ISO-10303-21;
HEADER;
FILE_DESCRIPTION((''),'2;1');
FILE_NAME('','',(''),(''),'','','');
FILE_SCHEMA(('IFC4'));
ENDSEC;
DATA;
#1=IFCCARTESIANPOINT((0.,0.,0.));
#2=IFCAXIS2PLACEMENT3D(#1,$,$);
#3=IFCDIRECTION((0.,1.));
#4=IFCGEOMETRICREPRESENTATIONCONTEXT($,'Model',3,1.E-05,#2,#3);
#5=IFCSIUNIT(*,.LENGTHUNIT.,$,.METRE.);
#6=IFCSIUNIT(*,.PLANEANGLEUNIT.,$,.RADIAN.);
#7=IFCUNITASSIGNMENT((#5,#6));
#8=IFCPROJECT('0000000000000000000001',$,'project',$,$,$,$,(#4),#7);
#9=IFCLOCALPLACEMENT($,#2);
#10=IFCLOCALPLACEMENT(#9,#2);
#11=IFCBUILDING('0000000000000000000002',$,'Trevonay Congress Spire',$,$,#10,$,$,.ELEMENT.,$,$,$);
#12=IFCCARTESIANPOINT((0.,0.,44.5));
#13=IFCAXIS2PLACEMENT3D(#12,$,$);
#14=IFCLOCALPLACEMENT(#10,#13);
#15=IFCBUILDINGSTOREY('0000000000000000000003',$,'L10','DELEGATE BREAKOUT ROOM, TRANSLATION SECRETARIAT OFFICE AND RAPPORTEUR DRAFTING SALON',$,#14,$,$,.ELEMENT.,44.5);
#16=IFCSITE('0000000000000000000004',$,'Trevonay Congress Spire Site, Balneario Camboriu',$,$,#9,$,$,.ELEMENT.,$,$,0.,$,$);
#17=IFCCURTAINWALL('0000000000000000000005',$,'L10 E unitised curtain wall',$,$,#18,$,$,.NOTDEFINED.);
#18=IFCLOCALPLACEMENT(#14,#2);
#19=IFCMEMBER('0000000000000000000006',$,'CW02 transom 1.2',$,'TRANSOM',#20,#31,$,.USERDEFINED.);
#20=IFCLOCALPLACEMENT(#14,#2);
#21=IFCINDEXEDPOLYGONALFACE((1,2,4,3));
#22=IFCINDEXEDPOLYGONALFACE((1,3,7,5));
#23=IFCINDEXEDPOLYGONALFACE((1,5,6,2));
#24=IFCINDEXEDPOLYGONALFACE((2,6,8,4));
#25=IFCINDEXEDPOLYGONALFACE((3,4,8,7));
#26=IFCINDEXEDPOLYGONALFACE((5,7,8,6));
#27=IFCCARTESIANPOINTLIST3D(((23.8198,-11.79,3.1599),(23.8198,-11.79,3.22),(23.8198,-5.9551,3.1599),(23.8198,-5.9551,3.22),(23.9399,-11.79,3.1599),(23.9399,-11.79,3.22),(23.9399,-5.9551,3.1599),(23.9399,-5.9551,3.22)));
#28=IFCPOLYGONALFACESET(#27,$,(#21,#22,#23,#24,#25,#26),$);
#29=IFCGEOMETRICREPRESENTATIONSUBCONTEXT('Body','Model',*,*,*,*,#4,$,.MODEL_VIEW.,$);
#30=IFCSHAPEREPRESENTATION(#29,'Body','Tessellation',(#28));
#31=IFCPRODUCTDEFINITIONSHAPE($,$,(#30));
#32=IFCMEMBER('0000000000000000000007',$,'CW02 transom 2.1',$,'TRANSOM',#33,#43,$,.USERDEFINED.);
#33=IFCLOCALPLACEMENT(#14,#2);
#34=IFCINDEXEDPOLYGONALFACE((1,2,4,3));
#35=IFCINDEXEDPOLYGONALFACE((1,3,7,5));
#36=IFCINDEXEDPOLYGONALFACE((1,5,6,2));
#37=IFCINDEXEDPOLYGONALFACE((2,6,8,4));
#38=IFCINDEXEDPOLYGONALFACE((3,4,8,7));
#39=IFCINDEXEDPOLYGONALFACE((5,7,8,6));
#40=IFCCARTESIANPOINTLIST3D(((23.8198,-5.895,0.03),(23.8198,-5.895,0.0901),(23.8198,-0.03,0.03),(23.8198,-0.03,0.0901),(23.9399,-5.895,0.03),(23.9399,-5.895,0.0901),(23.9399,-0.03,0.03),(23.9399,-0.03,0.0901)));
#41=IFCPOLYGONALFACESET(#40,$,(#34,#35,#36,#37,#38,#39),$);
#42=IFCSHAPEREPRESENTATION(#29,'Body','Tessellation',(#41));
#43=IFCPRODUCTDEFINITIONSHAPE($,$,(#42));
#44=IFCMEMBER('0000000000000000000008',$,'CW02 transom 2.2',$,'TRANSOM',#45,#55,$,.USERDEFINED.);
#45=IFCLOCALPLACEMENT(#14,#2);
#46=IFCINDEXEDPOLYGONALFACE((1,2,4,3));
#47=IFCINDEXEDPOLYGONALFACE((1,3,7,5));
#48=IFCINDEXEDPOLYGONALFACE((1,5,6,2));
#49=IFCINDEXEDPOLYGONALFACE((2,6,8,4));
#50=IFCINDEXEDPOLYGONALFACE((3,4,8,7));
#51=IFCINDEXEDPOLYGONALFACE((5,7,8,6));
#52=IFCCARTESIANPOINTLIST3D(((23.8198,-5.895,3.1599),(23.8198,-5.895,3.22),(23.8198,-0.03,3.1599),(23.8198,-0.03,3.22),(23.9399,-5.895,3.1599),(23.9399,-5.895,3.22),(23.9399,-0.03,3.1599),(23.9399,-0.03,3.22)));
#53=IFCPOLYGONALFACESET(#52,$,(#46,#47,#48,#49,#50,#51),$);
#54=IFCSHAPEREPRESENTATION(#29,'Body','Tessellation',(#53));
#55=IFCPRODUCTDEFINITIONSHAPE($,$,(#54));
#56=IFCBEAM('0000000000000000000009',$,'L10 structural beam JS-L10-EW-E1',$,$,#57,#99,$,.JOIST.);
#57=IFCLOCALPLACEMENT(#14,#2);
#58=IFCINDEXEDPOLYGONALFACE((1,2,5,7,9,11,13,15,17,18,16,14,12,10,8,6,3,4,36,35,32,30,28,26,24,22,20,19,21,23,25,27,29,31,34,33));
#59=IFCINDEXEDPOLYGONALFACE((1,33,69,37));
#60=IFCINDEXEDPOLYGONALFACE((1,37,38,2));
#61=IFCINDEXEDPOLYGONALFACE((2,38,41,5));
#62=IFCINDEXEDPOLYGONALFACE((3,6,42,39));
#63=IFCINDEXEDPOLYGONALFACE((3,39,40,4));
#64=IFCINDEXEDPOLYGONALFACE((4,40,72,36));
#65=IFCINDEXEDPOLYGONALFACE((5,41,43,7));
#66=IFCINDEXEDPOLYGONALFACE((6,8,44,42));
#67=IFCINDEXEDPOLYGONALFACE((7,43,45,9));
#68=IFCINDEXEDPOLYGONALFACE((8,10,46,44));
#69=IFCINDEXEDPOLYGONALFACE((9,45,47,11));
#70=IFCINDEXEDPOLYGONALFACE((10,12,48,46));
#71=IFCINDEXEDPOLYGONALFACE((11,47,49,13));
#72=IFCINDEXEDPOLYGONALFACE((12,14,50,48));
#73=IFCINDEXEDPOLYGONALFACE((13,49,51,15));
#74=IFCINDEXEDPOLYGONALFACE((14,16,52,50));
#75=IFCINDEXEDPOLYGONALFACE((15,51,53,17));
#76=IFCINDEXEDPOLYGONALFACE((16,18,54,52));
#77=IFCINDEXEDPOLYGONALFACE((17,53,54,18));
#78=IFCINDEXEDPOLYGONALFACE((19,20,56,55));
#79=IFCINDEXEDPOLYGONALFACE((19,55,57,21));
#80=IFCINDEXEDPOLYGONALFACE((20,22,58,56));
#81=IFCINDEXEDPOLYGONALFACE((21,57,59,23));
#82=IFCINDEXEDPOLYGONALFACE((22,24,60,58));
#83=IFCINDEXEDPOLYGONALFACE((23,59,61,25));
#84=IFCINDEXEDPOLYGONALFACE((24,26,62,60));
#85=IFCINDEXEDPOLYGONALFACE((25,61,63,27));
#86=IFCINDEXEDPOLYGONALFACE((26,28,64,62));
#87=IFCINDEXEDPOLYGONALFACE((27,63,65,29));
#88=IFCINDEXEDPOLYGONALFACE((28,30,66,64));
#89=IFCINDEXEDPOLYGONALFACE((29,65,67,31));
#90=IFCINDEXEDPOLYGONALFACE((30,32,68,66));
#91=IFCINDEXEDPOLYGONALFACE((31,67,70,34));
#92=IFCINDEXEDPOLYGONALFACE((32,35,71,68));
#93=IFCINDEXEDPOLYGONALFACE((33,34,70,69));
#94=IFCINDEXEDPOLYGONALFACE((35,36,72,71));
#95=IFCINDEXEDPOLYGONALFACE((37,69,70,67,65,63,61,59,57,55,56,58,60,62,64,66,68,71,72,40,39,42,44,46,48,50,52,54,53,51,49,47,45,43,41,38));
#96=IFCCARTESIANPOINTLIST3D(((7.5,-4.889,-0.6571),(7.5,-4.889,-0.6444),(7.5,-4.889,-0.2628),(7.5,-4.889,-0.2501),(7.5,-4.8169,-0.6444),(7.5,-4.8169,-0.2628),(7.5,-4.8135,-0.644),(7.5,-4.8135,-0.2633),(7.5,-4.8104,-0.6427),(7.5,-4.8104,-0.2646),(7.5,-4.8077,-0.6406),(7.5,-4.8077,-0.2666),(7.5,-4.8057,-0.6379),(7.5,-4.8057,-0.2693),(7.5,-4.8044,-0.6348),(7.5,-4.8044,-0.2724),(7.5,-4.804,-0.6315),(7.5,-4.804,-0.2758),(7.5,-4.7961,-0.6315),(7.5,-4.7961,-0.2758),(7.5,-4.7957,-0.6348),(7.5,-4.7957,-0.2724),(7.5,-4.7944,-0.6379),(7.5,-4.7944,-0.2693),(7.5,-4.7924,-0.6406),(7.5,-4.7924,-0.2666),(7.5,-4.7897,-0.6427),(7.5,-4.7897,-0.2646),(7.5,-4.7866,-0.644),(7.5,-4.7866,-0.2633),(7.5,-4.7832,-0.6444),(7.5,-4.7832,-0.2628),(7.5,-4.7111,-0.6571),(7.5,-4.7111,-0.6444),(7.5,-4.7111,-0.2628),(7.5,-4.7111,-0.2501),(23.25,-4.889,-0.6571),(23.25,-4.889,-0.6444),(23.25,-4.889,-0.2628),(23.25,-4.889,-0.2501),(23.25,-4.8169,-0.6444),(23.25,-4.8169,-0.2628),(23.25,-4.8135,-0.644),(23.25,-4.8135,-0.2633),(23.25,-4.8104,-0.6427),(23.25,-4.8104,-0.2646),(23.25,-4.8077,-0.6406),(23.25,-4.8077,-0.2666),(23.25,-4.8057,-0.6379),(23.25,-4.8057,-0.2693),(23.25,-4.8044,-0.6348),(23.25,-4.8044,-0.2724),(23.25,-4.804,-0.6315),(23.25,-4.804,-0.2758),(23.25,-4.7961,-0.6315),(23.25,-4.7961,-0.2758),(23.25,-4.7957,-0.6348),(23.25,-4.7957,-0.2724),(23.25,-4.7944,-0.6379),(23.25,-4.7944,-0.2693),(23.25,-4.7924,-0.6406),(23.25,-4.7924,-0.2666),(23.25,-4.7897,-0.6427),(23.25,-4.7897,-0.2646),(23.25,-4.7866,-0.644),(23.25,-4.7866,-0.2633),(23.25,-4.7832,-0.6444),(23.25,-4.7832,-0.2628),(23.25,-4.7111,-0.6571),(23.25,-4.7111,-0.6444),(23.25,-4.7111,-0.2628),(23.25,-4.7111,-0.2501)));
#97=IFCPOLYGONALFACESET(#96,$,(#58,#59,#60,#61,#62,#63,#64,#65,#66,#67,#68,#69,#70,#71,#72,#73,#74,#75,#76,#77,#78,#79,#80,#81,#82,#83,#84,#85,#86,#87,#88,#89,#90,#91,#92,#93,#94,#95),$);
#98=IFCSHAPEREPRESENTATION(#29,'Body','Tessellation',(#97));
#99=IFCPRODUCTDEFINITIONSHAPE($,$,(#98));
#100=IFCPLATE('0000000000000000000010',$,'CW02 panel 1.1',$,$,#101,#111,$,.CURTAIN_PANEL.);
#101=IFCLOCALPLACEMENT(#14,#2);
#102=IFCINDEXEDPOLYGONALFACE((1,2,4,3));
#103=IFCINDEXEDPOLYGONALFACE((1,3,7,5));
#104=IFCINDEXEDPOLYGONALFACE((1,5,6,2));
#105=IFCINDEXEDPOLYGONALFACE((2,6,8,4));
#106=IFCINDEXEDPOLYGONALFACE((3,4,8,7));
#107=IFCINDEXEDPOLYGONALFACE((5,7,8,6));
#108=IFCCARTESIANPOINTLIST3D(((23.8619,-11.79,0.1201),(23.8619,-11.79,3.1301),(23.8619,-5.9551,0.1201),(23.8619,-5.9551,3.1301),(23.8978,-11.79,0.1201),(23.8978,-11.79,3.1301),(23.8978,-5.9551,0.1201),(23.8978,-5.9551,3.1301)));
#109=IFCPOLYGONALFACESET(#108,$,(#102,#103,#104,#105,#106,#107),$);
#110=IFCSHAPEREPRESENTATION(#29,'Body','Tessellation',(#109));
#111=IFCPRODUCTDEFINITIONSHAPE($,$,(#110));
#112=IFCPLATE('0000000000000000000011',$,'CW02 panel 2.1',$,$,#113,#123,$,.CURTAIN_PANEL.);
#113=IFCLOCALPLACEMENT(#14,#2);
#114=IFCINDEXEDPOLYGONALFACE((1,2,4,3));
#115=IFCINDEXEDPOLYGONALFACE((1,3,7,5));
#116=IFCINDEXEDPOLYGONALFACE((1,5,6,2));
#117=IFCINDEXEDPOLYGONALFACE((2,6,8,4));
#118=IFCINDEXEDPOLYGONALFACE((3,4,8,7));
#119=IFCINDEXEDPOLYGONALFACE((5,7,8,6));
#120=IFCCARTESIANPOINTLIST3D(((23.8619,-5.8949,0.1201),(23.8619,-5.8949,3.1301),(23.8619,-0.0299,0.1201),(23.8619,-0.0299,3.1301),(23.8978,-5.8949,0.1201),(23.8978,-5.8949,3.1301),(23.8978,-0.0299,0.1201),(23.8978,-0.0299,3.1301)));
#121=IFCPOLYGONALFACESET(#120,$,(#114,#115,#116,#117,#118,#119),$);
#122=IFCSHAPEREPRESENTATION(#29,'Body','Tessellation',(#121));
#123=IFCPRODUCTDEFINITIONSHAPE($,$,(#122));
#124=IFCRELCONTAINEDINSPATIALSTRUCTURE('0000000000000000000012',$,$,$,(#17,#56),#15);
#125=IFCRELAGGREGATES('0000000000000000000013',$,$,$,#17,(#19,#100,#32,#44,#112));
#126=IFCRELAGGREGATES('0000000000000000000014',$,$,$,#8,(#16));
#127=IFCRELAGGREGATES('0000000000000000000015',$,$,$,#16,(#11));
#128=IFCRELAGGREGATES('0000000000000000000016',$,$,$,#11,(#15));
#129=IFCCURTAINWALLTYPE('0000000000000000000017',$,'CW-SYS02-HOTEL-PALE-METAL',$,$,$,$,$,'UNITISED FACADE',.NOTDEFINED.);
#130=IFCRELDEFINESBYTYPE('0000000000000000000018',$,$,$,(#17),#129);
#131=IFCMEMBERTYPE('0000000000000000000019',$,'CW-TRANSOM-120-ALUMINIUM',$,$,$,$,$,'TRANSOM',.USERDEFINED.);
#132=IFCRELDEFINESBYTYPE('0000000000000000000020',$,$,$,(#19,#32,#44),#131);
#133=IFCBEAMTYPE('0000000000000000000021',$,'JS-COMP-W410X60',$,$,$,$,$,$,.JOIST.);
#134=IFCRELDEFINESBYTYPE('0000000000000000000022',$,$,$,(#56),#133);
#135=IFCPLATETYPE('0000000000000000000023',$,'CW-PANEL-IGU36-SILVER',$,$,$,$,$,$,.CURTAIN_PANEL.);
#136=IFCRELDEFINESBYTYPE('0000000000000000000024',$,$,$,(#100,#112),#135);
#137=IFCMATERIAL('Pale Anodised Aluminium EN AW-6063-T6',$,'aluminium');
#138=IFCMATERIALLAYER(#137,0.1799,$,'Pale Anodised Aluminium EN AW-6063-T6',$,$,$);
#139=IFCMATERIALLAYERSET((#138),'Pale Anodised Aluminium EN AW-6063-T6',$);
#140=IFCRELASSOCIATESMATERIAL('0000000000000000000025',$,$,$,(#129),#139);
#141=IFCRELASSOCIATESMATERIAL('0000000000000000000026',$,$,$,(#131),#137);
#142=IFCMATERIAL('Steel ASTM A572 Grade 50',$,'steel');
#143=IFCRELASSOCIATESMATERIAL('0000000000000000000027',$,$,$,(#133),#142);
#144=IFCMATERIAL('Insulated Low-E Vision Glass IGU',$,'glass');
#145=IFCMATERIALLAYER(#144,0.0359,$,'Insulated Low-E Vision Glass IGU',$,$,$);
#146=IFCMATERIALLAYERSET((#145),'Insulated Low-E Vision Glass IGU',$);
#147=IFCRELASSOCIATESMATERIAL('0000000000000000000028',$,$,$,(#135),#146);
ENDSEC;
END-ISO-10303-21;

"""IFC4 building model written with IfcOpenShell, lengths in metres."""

from ifc_helpers import new_model, si_unit, direction, frame, origin, origin_2d, place, context, subcontext, project, spatial, rectangle, i_section, extrude, material, layer, layer_set, material_profile, profile_set, type_object, element, aggregate, save


model = new_model("IFC4")

# Units and contexts
model_context = context("Model", 3, precision=1e-05, world=origin(), true_north=direction((0.0, 1.0)))
body_context = subcontext(model_context, "Body", "Model", "MODEL_VIEW")
ifc_project = project(units=[si_unit("LENGTHUNIT", "METRE"), si_unit("PLANEANGLEUNIT", "RADIAN")], contexts=[model_context])

# Site, building, storey
site_placement = place(None, origin())
site = spatial("IfcSite", under=ifc_project, at=site_placement, Name="Trevonay Congress Spire Site, Balneario Camboriu", CompositionType="ELEMENT", RefElevation=0.0)
building_placement = place(site_placement, origin())
building = spatial("IfcBuilding", under=site, at=building_placement, Name="Trevonay Congress Spire", CompositionType="ELEMENT")
storey_placement = place(building_placement, frame((0.0, 0.0, 44.5)))
storey = spatial("IfcBuildingStorey", under=building, at=storey_placement, Name="L10", Description="DELEGATE BREAKOUT ROOM, TRANSLATION SECRETARIAT OFFICE AND RAPPORTEUR DRAFTING SALON", CompositionType="ELEMENT", Elevation=44.5)

# Shared definitions
ifc_material_1 = material(Name="Steel ASTM A572 Grade 50", Category="steel")

# Curtain wall, members
ifc_material_2 = material(Name="Pale Anodised Aluminium EN AW-6063-T6", Category="aluminium")
ifc_layer_1 = layer(ifc_material_2, 0.1799, Name="Pale Anodised Aluminium EN AW-6063-T6")
ifc_layer_set_1 = layer_set([ifc_layer_1], Name="Pale Anodised Aluminium EN AW-6063-T6")
curtain_wall_type = type_object("IfcCurtainWallType", Name="CW-SYS02-HOTEL-PALE-METAL", ElementType="UNITISED FACADE", PredefinedType="NOTDEFINED", material=ifc_layer_set_1)
curtain_wall_placement = place(storey_placement, origin())
curtain_wall = element("IfcCurtainWall", 1, at=curtain_wall_placement, inside=storey, type_object=curtain_wall_type, Name="L10 E unitised curtain wall", PredefinedType="NOTDEFINED")
ifc_material_profile_1 = material_profile(ifc_material_2, rectangle(XDim=0.1201, YDim=0.0601, at=origin_2d()), Name="CW-TRANSOM-120-ALUMINIUM")
ifc_profile_set_1 = profile_set([ifc_material_profile_1], Name="Pale Anodised Aluminium EN AW-6063-T6")
member_type_1 = type_object("IfcMemberType", Name="CW-TRANSOM-120-ALUMINIUM", ElementType="TRANSOM", PredefinedType="USERDEFINED", material=ifc_profile_set_1)
member_1_placement = place(storey_placement, frame((23.8799, -11.79, 3.1899), z_axis=(0.0, 1.0, 0.0), x_axis=(-1.0, 0.0, 0.0)))
member_1 = element("IfcMember", 2, at=member_1_placement, type_object=member_type_1, Name="CW02 transom 1.2", ObjectType="TRANSOM", PredefinedType="USERDEFINED", context=body_context, shape_type="SweptSolid", body=[
    extrude(rectangle(XDim=0.1201, YDim=0.0601, at=origin_2d()), origin(), (0.0, 0.0, 1.0), 5.835),
])
member_2_placement = place(storey_placement, frame((23.8799, -5.895, 0.0601), z_axis=(0.0, 1.0, 0.0), x_axis=(-1.0, 0.0, 0.0)))
member_2 = element("IfcMember", 3, at=member_2_placement, type_object=member_type_1, Name="CW02 transom 2.1", ObjectType="TRANSOM", PredefinedType="USERDEFINED", context=body_context, shape_type="SweptSolid", body=[
    extrude(rectangle(XDim=0.1201, YDim=0.0601, at=origin_2d()), origin(), (0.0, 0.0, 1.0), 5.865),
])
member_3_placement = place(storey_placement, frame((23.8799, -5.895, 3.1899), z_axis=(0.0, 1.0, 0.0), x_axis=(-1.0, 0.0, 0.0)))
member_3 = element("IfcMember", 4, at=member_3_placement, type_object=member_type_1, Name="CW02 transom 2.2", ObjectType="TRANSOM", PredefinedType="USERDEFINED", context=body_context, shape_type="SweptSolid", body=[
    extrude(rectangle(XDim=0.1201, YDim=0.0601, at=origin_2d()), origin(), (0.0, 0.0, 1.0), 5.865),
])

# Beam
ifc_material_profile_2 = material_profile(ifc_material_1, i_section(OverallWidth=0.178, OverallDepth=0.407, WebThickness=0.0078, FlangeThickness=0.0127, FilletRadius=0.0129, at=origin_2d()), Name="W410x60")
ifc_profile_set_2 = profile_set([ifc_material_profile_2], Name="Steel ASTM A572 Grade 50")
beam_type_1 = type_object("IfcBeamType", Name="JS-COMP-W410X60", PredefinedType="JOIST", material=ifc_profile_set_2)
beam_1_placement = place(storey_placement, frame((7.5, -4.8, -0.4536), z_axis=(1.0, 0.0, 0.0), x_axis=(0.0, 1.0, 0.0)))
element("IfcBeam", 5, at=beam_1_placement, inside=storey, type_object=beam_type_1, Name="L10 structural beam JS-L10-EW-E1", PredefinedType="JOIST", context=body_context, shape_type="SweptSolid", body=[
    extrude(i_section(OverallWidth=0.178, OverallDepth=0.407, WebThickness=0.0078, FlangeThickness=0.0127, FilletRadius=0.0129, at=origin_2d()), origin(), (0.0, 0.0, 1.0), 15.75),
])

# Plates
ifc_material_3 = material(Name="Insulated Low-E Vision Glass IGU", Category="glass")
ifc_layer_2 = layer(ifc_material_3, 0.0359, Name="Insulated Low-E Vision Glass IGU")
ifc_layer_set_2 = layer_set([ifc_layer_2], Name="Insulated Low-E Vision Glass IGU")
plate_type = type_object("IfcPlateType", Name="CW-PANEL-IGU36-SILVER", PredefinedType="CURTAIN_PANEL", material=ifc_layer_set_2)
plate_1_placement = place(storey_placement, frame((23.8799, -8.8726, 0.1201), z_axis=(0.0, 0.0, 1.0), x_axis=(0.0, 1.0, 0.0)))
plate_1 = element("IfcPlate", 6, at=plate_1_placement, type_object=plate_type, Name="CW02 panel 1.1", PredefinedType="CURTAIN_PANEL", context=body_context, shape_type="SweptSolid", body=[
    extrude(rectangle(XDim=5.835, YDim=0.0359, at=origin_2d()), origin(), (0.0, 0.0, 1.0), 3.01),
])
plate_2_placement = place(storey_placement, frame((23.8799, -2.9624, 0.1201), z_axis=(0.0, 0.0, 1.0), x_axis=(0.0, 1.0, 0.0)))
plate_2 = element("IfcPlate", 7, at=plate_2_placement, type_object=plate_type, Name="CW02 panel 2.1", PredefinedType="CURTAIN_PANEL", context=body_context, shape_type="SweptSolid", body=[
    extrude(rectangle(XDim=5.865, YDim=0.0359, at=origin_2d()), origin(), (0.0, 0.0, 1.0), 3.01),
])
aggregate(curtain_wall, [member_1, plate_1, member_2, member_3, plate_2])

save(model, "model.ifc")
